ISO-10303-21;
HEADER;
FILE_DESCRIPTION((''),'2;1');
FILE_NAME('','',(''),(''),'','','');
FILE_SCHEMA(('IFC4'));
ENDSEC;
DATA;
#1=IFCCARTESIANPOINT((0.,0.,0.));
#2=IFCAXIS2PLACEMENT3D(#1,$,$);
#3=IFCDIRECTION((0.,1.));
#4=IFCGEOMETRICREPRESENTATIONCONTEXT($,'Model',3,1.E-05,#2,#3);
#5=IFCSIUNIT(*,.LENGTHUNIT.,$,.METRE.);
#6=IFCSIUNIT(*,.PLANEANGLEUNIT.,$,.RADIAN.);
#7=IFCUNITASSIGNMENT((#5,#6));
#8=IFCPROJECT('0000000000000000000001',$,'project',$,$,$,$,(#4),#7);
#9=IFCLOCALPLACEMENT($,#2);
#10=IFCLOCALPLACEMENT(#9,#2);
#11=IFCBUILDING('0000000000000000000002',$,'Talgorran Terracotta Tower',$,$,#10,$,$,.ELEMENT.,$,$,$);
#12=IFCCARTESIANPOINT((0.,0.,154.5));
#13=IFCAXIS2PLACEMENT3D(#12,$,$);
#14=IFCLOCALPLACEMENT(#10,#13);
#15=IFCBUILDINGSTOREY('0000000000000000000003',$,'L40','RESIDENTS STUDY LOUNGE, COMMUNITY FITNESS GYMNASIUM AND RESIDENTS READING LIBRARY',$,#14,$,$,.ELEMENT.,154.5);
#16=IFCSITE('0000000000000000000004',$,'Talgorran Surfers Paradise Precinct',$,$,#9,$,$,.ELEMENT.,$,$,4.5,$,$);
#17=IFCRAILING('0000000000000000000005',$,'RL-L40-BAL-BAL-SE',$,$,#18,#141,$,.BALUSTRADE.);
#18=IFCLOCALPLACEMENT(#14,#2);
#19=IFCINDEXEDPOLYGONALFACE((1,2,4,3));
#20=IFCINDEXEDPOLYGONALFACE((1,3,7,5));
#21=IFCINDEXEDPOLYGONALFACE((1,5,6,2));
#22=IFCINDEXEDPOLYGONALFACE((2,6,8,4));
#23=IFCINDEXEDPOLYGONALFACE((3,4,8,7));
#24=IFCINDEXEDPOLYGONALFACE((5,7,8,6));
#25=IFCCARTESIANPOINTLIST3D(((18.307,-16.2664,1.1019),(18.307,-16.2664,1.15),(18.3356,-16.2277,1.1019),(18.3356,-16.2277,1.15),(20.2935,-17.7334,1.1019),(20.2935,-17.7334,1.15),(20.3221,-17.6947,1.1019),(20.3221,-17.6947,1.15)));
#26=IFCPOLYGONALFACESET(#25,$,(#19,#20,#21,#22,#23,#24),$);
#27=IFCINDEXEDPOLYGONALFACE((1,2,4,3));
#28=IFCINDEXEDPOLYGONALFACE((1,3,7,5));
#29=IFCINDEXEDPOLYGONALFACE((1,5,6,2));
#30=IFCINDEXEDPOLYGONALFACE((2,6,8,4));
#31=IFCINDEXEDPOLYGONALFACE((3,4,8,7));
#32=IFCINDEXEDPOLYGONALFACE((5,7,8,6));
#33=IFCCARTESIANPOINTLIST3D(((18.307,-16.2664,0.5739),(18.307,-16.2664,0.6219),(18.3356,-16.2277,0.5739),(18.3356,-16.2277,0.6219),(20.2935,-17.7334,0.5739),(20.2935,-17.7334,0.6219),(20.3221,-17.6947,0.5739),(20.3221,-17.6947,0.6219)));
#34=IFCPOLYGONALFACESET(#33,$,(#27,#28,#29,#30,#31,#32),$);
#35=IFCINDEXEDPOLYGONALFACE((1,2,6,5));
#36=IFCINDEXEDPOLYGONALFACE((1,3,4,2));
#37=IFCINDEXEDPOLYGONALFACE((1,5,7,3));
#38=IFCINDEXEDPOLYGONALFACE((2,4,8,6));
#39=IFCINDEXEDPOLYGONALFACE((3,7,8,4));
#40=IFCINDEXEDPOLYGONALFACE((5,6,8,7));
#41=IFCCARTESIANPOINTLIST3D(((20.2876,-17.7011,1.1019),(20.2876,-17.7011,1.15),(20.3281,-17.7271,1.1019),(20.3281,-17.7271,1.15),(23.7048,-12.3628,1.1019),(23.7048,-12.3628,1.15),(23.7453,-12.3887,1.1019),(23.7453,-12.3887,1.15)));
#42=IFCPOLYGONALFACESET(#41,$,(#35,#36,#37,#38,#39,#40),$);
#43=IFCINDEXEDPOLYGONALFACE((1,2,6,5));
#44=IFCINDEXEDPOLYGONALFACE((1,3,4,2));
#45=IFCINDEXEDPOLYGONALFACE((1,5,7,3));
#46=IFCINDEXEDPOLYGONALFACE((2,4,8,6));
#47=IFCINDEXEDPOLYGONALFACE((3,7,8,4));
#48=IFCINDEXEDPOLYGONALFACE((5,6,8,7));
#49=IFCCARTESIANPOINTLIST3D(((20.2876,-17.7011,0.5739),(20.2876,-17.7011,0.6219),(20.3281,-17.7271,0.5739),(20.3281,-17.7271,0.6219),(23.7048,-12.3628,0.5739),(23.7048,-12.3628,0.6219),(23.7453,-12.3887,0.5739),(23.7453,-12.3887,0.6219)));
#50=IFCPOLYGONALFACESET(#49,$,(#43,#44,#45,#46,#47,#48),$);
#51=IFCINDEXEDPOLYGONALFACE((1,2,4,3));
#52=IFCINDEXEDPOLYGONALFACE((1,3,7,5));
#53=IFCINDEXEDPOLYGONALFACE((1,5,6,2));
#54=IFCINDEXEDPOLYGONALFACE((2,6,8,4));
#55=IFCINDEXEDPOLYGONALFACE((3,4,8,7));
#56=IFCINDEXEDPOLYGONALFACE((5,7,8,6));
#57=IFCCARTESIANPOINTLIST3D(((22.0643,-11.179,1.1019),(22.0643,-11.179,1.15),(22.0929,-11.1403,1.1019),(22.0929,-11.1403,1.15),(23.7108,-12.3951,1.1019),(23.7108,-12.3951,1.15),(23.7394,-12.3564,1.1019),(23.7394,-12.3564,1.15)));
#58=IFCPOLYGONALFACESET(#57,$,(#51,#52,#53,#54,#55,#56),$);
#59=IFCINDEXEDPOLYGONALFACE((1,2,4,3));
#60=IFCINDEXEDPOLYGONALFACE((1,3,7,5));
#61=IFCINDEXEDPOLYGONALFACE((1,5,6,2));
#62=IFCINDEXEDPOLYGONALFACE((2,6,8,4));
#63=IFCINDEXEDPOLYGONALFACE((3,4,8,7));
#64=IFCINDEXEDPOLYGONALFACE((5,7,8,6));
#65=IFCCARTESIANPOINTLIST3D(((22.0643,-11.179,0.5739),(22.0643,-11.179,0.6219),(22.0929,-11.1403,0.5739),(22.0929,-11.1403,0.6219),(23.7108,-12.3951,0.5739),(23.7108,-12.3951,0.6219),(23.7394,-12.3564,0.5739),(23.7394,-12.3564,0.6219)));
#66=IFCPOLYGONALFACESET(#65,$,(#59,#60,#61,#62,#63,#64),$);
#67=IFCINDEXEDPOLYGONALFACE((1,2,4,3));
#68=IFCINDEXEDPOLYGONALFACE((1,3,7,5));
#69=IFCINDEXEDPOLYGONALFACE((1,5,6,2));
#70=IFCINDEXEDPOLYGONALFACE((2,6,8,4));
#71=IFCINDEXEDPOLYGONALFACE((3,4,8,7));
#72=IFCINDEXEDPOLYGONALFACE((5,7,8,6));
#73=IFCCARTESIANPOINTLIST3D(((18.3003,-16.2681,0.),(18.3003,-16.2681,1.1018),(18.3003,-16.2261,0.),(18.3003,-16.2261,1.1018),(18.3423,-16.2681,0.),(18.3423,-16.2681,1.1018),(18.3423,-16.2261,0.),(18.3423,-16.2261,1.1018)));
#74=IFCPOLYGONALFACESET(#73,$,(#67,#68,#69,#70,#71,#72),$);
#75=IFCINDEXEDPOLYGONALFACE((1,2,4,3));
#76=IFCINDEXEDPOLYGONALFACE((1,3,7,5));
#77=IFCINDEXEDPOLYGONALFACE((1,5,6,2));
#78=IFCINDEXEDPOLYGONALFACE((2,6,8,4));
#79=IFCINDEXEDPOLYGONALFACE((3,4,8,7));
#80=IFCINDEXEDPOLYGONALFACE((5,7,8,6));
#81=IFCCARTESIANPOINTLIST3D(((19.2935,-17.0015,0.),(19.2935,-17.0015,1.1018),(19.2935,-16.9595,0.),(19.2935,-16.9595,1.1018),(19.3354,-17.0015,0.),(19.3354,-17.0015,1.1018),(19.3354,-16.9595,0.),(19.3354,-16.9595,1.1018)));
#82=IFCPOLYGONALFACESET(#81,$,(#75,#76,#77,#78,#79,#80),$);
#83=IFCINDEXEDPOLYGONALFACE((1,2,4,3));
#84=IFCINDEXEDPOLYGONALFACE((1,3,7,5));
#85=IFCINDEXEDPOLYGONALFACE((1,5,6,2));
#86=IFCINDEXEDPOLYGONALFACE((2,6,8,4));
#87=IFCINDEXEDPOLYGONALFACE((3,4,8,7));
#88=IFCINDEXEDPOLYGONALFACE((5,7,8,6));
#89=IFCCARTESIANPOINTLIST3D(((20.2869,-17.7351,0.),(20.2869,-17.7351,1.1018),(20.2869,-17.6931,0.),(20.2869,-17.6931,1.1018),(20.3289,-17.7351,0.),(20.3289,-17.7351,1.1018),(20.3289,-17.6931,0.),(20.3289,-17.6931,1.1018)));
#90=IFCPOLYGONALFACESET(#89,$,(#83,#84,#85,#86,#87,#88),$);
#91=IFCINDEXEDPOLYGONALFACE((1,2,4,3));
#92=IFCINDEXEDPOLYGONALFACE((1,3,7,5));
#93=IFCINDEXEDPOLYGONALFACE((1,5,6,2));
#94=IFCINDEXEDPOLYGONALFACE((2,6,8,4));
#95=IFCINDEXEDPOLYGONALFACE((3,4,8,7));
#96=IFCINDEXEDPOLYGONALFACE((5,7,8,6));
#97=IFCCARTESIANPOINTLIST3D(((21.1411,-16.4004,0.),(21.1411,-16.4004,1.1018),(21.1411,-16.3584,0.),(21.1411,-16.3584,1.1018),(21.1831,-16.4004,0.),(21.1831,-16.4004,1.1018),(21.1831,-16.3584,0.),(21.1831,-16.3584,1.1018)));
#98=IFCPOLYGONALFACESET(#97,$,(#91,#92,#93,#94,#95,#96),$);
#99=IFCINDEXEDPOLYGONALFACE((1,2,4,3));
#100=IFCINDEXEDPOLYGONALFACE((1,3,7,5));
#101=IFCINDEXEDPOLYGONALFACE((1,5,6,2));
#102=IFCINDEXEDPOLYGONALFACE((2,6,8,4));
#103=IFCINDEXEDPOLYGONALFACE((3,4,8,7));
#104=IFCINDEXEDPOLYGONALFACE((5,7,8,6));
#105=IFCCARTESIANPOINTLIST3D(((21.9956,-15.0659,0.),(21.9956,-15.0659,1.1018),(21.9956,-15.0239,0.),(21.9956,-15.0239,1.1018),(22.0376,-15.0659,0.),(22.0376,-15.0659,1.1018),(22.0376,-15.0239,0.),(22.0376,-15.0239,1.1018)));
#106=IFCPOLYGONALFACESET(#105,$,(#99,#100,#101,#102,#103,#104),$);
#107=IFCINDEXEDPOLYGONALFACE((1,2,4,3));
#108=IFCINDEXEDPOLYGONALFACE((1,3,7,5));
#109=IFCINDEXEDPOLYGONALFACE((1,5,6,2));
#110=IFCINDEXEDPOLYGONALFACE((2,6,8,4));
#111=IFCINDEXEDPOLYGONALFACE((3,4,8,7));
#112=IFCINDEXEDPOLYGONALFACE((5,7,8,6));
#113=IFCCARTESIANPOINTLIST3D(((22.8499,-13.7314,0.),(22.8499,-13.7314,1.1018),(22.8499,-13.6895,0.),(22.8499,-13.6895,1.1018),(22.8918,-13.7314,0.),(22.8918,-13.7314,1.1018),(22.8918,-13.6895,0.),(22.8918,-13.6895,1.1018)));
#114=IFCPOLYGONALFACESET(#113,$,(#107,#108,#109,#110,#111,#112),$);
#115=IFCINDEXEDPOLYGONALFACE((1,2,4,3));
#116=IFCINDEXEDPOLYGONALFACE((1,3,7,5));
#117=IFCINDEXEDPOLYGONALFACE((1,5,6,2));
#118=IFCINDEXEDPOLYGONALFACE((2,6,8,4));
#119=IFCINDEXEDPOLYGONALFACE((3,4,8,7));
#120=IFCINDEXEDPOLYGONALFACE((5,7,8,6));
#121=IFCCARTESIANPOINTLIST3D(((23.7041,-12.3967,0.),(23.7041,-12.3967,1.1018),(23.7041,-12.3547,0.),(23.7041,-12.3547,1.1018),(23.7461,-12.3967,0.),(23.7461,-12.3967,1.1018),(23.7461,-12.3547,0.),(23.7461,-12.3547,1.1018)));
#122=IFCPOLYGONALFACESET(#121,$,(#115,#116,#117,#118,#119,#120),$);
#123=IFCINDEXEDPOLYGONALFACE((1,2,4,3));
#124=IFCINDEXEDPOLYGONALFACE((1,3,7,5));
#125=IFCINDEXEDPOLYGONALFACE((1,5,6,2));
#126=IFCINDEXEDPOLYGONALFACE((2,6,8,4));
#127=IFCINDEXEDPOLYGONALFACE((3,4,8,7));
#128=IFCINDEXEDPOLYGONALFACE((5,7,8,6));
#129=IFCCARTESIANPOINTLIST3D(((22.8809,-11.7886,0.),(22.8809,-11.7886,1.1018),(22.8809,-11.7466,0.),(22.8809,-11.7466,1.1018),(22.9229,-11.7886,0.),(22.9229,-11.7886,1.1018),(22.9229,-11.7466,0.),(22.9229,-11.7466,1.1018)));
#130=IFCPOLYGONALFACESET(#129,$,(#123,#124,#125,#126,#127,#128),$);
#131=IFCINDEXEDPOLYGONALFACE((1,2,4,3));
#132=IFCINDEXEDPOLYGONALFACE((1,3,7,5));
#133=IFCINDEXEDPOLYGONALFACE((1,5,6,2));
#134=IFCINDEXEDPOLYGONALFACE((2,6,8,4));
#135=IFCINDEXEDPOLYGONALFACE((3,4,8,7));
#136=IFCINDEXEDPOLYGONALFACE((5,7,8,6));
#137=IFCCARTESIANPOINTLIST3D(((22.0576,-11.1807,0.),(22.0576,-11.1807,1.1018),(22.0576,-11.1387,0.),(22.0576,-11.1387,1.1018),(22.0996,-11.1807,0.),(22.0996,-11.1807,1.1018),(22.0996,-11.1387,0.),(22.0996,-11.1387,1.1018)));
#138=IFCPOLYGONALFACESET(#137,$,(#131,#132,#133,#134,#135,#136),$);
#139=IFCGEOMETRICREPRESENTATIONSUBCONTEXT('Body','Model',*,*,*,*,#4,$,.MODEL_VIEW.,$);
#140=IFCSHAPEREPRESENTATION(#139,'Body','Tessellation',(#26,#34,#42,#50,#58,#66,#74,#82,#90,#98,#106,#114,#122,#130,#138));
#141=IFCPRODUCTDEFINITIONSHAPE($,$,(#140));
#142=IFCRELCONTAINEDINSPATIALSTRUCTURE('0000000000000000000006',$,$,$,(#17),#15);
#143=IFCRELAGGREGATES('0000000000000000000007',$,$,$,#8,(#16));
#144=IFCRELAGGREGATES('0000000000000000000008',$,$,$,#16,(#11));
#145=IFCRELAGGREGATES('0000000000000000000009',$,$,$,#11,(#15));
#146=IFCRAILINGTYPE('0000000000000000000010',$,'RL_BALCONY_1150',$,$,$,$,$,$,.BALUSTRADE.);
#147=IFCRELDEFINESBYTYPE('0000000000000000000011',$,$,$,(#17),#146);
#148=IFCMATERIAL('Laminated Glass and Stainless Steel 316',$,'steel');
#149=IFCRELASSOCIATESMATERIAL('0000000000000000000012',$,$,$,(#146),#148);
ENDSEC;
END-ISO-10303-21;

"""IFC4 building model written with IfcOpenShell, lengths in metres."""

from ifc_helpers import new_model, si_unit, direction, frame, origin, origin_2d, place, context, subcontext, project, spatial, rectangle, extrude, material, type_object, element, save


model = new_model("IFC4")

# Units and contexts
model_context = context("Model", 3, precision=1e-05, world=origin(), true_north=direction((0.0, 1.0)))
body_context = subcontext(model_context, "Body", "Model", "MODEL_VIEW")
ifc_project = project(units=[si_unit("LENGTHUNIT", "METRE"), si_unit("PLANEANGLEUNIT", "RADIAN")], contexts=[model_context])

# Site, building, storey
site_placement = place(None, origin())
site = spatial("IfcSite", under=ifc_project, at=site_placement, Name="Talgorran Surfers Paradise Precinct", CompositionType="ELEMENT", RefElevation=4.5)
building_placement = place(site_placement, origin())
building = spatial("IfcBuilding", under=site, at=building_placement, Name="Talgorran Terracotta Tower", CompositionType="ELEMENT")
storey_placement = place(building_placement, frame((0.0, 0.0, 154.5)))
storey = spatial("IfcBuildingStorey", under=building, at=storey_placement, Name="L40", Description="RESIDENTS STUDY LOUNGE, COMMUNITY FITNESS GYMNASIUM AND RESIDENTS READING LIBRARY", CompositionType="ELEMENT", Elevation=154.5)

# Railing
ifc_material_1 = material(Name="Laminated Glass and Stainless Steel 316", Category="steel")
railing_type = type_object("IfcRailingType", Name="RL_BALCONY_1150", PredefinedType="BALUSTRADE", material=ifc_material_1)
railing_placement = place(storey_placement, frame((18.3213, -16.2471, 0.0)))
element("IfcRailing", 1, at=railing_placement, inside=storey, type_object=railing_type, Name="RL-L40-BAL-BAL-SE", PredefinedType="BALUSTRADE", context=body_context, shape_type="SweptSolid", body=[
    extrude(rectangle(XDim=0.0481, YDim=0.0481, at=origin_2d()), frame((0.0, 0.0, 1.126), z_axis=(0.804427, -0.594052, 0.0), x_axis=(0.594052, 0.804427, 0.0)), (0.0, 0.0, 1.0), 2.4695),
    extrude(rectangle(XDim=0.0481, YDim=0.0481, at=origin_2d()), frame((0.0, 0.0, 0.5979), z_axis=(0.804427, -0.594052, 0.0), x_axis=(0.594052, 0.804427, 0.0)), (0.0, 0.0, 1.0), 2.4695),
    extrude(rectangle(XDim=0.0481, YDim=0.0481, at=origin_2d()), frame((1.9866, -1.467, 1.126), z_axis=(0.539129, 0.842223, 0.0), x_axis=(-0.842223, 0.539129, 0.0)), (0.0, 0.0, 1.0), 6.3384),
    extrude(rectangle(XDim=0.0481, YDim=0.0481, at=origin_2d()), frame((1.9866, -1.467, 0.5979), z_axis=(0.539129, 0.842223, 0.0), x_axis=(-0.842223, 0.539129, 0.0)), (0.0, 0.0, 1.0), 6.3384),
    extrude(rectangle(XDim=0.0481, YDim=0.0481, at=origin_2d()), frame((5.4038, 3.8713, 1.126), z_axis=(-0.804387, 0.594106, 0.0), x_axis=(-0.594106, -0.804387, 0.0)), (0.0, 0.0, 1.0), 2.0469),
    extrude(rectangle(XDim=0.0481, YDim=0.0481, at=origin_2d()), frame((5.4038, 3.8713, 0.5979), z_axis=(-0.804387, 0.594106, 0.0), x_axis=(-0.594106, -0.804387, 0.0)), (0.0, 0.0, 1.0), 2.0469),
    extrude(rectangle(XDim=0.042, YDim=0.042, at=origin_2d()), origin(), (0.0, 0.0, 1.0), 1.1018),
    extrude(rectangle(XDim=0.042, YDim=0.042, at=origin_2d()), frame((0.9932, -0.7334, 0.0)), (0.0, 0.0, 1.0), 1.1018),
    extrude(rectangle(XDim=0.042, YDim=0.042, at=origin_2d()), frame((1.9866, -1.467, 0.0)), (0.0, 0.0, 1.0), 1.1018),
    extrude(rectangle(XDim=0.042, YDim=0.042, at=origin_2d()), frame((2.8408, -0.1323, 0.0)), (0.0, 0.0, 1.0), 1.1018),
    extrude(rectangle(XDim=0.042, YDim=0.042, at=origin_2d()), frame((3.6953, 1.2021, 0.0)), (0.0, 0.0, 1.0), 1.1018),
    extrude(rectangle(XDim=0.042, YDim=0.042, at=origin_2d()), frame((4.5496, 2.5366, 0.0)), (0.0, 0.0, 1.0), 1.1018),
    extrude(rectangle(XDim=0.042, YDim=0.042, at=origin_2d()), frame((5.4038, 3.8713, 0.0)), (0.0, 0.0, 1.0), 1.1018),
    extrude(rectangle(XDim=0.042, YDim=0.042, at=origin_2d()), frame((4.5806, 4.4795, 0.0)), (0.0, 0.0, 1.0), 1.1018),
    extrude(rectangle(XDim=0.042, YDim=0.042, at=origin_2d()), frame((3.7573, 5.0874, 0.0)), (0.0, 0.0, 1.0), 1.1018),
])

save(model, "model.ifc")
